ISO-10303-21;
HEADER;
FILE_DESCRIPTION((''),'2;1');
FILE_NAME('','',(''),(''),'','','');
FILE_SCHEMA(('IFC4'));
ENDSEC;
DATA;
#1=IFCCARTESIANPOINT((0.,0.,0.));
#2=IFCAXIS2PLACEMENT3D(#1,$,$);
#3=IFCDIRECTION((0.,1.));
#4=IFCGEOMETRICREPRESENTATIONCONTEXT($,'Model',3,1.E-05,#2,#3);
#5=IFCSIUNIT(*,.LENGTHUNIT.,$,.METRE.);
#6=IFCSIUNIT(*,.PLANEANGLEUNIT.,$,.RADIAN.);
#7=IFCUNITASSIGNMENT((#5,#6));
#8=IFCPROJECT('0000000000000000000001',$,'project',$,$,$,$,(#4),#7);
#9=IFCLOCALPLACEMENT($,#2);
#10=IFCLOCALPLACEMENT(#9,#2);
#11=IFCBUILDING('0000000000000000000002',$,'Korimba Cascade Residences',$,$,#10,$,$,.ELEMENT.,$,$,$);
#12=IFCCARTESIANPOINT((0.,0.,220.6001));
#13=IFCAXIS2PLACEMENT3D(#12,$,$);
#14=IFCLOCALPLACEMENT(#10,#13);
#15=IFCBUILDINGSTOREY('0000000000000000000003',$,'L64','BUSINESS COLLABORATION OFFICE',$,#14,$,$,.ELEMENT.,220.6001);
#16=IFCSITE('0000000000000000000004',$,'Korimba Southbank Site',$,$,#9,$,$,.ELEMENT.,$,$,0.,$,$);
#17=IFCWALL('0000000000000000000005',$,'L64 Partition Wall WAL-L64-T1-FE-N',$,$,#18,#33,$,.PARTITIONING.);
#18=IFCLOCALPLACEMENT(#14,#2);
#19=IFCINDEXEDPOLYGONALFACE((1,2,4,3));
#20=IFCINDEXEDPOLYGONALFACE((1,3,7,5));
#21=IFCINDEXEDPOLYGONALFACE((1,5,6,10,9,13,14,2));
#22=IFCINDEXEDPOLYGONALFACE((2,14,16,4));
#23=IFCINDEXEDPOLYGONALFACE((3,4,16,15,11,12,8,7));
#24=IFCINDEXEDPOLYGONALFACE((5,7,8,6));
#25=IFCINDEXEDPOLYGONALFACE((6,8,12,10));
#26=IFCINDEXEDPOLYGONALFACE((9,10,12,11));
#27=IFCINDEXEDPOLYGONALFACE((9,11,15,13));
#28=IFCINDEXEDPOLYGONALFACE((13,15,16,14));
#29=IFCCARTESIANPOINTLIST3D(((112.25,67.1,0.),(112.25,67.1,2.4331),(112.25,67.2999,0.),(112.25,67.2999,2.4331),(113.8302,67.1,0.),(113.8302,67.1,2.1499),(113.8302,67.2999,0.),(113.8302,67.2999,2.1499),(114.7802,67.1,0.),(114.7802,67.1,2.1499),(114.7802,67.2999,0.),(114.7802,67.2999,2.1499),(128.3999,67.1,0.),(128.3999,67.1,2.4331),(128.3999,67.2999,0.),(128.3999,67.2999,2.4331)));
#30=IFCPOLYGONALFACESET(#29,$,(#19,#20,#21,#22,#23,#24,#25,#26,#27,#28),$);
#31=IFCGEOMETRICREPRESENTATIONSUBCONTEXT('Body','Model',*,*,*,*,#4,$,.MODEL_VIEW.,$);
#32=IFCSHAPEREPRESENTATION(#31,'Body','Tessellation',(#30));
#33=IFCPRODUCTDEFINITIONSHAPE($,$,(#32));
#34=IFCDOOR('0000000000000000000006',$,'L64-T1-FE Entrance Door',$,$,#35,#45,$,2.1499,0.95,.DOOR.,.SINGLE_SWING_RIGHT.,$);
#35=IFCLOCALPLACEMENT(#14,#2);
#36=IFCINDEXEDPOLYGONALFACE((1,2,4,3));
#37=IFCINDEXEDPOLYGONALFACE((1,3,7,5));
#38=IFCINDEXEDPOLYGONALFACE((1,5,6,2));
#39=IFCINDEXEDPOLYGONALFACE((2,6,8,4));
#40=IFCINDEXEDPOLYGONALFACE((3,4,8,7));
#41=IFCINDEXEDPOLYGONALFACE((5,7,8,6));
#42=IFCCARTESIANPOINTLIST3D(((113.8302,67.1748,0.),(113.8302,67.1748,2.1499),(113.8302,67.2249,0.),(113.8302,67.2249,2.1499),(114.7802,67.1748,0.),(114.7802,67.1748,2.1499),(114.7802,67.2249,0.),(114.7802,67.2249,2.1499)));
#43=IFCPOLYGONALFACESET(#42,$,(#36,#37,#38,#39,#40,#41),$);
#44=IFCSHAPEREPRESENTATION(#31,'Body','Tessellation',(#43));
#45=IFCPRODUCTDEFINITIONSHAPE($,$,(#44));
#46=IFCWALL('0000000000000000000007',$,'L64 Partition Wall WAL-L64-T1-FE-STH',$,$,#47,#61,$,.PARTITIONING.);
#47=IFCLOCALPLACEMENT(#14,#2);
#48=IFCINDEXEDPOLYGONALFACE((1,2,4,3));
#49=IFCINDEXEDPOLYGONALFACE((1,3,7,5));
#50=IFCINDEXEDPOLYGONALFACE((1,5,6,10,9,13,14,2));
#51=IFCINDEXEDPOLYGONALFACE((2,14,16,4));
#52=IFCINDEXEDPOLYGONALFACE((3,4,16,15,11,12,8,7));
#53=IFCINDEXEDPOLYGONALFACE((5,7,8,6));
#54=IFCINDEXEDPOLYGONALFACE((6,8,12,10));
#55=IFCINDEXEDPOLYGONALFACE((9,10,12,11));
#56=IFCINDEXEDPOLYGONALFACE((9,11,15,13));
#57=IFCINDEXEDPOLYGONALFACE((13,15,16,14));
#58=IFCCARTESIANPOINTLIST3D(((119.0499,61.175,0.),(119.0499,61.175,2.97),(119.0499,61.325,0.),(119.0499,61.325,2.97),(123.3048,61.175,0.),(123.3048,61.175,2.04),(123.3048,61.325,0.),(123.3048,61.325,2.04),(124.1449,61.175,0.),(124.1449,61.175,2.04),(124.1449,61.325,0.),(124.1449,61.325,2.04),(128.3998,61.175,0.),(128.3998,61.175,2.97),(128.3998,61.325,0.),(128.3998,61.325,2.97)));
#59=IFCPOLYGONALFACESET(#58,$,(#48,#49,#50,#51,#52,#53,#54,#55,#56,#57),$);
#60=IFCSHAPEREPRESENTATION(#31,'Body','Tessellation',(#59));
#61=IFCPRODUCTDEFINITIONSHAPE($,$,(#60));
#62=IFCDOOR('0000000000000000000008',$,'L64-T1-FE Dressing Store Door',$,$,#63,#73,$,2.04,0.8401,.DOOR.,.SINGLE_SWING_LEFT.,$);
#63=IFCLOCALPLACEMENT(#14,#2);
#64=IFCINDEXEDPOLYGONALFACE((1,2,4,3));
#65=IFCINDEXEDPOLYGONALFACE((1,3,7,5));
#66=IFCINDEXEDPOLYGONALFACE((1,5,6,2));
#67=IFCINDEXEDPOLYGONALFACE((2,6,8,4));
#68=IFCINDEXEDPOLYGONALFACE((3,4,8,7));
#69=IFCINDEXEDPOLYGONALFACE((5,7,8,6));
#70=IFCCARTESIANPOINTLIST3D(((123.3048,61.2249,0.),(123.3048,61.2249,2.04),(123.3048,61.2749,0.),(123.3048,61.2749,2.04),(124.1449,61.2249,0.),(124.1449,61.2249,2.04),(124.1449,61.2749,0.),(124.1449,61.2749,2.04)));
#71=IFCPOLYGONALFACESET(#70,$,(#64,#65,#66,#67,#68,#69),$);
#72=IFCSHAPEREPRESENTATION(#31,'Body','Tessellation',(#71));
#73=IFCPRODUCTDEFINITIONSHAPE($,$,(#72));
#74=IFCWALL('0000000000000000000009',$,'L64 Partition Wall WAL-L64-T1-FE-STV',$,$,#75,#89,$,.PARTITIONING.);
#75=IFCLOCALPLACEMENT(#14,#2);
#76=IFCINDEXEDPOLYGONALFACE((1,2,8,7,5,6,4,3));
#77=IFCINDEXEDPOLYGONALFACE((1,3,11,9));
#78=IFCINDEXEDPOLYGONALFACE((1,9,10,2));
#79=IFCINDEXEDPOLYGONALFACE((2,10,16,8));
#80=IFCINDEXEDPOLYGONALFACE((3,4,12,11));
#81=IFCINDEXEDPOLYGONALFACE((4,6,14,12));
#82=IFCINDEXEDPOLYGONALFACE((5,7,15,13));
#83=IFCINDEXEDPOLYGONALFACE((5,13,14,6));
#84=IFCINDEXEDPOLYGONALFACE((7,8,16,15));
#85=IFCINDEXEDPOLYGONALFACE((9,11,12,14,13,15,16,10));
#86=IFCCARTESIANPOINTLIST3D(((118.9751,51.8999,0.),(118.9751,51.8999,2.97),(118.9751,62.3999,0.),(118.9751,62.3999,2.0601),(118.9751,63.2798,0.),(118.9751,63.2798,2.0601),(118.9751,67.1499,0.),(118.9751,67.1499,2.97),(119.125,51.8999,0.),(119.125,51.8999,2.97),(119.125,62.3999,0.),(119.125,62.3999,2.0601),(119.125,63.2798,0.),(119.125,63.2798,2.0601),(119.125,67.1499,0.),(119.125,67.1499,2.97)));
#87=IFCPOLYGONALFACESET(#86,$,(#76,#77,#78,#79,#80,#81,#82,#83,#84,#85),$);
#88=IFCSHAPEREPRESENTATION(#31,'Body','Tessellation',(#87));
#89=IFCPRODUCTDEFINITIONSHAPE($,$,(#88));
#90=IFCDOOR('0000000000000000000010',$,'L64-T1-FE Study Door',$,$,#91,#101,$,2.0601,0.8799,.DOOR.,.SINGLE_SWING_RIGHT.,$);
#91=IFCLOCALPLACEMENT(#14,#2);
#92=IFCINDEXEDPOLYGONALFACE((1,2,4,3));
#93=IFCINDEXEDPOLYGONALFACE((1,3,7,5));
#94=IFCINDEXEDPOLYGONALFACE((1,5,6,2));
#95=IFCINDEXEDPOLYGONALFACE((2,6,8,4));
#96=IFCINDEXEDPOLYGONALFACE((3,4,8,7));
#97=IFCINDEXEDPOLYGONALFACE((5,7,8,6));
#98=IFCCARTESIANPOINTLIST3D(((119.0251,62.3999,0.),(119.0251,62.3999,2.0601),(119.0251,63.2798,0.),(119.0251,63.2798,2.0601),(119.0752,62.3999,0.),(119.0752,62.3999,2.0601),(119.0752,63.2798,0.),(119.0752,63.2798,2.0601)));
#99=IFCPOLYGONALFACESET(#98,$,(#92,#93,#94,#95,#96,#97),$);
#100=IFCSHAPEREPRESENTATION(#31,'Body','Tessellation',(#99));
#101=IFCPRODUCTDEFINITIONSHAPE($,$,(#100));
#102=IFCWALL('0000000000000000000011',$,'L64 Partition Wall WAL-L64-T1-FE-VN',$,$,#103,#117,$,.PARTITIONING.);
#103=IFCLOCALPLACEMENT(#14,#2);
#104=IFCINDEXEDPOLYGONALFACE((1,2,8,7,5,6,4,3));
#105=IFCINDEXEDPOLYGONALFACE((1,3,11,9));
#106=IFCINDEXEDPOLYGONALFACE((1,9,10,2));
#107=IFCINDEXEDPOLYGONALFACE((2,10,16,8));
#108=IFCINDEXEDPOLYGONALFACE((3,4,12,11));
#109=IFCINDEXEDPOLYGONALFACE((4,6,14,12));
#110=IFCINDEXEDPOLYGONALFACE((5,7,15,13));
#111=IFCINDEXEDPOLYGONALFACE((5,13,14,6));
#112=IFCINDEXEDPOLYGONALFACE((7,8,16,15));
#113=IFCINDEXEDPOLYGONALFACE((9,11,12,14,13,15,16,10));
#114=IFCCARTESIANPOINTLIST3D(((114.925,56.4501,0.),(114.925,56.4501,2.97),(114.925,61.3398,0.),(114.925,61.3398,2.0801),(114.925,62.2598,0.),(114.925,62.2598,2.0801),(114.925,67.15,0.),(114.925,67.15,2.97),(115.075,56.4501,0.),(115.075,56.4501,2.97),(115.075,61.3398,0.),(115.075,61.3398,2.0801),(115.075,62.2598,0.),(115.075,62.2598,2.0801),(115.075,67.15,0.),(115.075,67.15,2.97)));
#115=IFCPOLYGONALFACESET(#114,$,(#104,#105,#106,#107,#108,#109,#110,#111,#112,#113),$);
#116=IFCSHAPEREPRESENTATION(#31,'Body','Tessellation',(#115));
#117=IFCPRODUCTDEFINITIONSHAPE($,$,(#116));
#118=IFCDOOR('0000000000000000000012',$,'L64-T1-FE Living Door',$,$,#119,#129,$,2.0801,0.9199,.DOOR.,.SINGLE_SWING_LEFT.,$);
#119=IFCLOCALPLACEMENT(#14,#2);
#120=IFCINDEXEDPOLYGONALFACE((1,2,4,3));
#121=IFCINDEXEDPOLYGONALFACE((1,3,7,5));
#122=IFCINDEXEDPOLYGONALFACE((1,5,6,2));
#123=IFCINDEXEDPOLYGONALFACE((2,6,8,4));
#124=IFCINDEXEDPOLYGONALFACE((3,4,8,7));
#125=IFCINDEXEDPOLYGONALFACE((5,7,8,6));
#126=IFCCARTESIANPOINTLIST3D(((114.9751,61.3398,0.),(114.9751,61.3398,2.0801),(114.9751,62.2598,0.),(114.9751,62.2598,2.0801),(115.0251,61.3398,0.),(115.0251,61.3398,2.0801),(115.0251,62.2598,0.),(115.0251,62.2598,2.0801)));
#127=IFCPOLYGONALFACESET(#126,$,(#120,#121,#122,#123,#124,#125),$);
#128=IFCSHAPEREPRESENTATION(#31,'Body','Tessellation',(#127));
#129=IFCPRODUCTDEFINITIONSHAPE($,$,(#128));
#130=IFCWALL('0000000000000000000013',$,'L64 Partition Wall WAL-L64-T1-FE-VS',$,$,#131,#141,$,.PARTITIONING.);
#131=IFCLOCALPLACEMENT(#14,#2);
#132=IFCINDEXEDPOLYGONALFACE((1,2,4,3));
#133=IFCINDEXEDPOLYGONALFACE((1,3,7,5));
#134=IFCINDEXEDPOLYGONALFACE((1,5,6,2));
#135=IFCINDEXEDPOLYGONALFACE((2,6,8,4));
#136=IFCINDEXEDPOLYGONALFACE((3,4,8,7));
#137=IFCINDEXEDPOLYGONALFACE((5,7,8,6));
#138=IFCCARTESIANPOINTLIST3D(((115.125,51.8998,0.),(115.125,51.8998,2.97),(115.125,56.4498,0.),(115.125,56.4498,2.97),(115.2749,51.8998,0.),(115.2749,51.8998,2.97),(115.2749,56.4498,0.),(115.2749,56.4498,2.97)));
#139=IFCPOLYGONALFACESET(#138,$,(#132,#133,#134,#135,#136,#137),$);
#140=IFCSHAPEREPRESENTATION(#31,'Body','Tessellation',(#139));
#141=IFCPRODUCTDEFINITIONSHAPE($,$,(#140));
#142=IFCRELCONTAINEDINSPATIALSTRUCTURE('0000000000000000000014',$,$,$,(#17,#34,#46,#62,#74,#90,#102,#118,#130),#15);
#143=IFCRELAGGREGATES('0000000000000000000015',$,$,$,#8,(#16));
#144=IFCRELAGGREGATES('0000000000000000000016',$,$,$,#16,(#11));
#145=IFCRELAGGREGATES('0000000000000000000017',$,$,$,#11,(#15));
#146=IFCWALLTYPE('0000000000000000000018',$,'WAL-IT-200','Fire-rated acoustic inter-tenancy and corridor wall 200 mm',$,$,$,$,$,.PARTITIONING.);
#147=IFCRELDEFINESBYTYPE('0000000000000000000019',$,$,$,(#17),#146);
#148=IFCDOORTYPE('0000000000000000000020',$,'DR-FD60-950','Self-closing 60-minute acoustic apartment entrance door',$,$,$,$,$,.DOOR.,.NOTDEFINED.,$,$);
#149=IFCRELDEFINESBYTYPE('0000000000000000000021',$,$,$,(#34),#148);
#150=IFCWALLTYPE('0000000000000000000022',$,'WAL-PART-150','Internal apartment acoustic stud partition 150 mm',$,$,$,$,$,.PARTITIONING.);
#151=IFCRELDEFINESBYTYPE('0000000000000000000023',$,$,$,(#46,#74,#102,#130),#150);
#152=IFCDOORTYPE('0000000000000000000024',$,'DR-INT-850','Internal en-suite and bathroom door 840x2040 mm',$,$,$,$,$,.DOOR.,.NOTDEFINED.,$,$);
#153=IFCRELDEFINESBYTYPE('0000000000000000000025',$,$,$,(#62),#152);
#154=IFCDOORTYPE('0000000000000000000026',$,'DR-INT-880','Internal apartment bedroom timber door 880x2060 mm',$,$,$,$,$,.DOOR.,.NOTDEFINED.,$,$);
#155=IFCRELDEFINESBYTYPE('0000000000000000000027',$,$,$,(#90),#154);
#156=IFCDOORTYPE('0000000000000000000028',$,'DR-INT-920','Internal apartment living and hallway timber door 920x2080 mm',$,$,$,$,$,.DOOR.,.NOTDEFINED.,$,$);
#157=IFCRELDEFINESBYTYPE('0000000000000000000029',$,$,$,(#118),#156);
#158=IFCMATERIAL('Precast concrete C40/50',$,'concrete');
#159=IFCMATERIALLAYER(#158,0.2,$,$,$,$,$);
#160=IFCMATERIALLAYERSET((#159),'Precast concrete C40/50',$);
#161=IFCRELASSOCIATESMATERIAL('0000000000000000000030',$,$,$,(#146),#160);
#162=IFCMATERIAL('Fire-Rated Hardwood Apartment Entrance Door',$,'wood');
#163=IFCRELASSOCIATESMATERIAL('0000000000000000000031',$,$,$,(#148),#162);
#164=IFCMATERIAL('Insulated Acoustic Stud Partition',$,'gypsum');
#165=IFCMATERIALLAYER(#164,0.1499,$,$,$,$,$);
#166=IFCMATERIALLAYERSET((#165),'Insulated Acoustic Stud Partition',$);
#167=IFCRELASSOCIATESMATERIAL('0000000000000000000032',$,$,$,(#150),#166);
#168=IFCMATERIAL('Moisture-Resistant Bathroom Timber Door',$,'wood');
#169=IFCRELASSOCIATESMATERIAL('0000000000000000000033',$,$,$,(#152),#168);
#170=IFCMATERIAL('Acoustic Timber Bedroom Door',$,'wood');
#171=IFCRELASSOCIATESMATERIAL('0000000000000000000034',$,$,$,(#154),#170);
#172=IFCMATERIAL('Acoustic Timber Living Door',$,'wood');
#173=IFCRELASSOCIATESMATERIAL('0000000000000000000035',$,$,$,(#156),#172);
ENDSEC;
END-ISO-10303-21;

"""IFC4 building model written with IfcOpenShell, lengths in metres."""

from ifc_helpers import new_model, si_unit, direction, frame, frame_2d, origin, place, context, subcontext, project, spatial, rectangle, extrude, material, layer, layer_set, type_object, element, fill, save


model = new_model("IFC4")

# Units and contexts
model_context = context("Model", 3, precision=1e-05, world=origin(), true_north=direction((0.0, 1.0)))
body_context = subcontext(model_context, "Body", "Model", "MODEL_VIEW")
ifc_project = project(units=[si_unit("LENGTHUNIT", "METRE"), si_unit("PLANEANGLEUNIT", "RADIAN")], contexts=[model_context])

# Site, building, storey
site_placement = place(None, origin())
site = spatial("IfcSite", under=ifc_project, at=site_placement, Name="Korimba Southbank Site", CompositionType="ELEMENT", RefElevation=0.0)
building_placement = place(site_placement, origin())
building = spatial("IfcBuilding", under=site, at=building_placement, Name="Korimba Cascade Residences", CompositionType="ELEMENT")
storey_placement = place(building_placement, frame((0.0, 0.0, 220.6001)))
storey = spatial("IfcBuildingStorey", under=building, at=storey_placement, Name="L64", Description="BUSINESS COLLABORATION OFFICE", CompositionType="ELEMENT", Elevation=220.6001)

# Walls, openings, doors
ifc_material_1 = material(Name="Precast concrete C40/50", Category="concrete")
ifc_layer_1 = layer(ifc_material_1, 0.2)
ifc_layer_set_1 = layer_set([ifc_layer_1], Name="Precast concrete C40/50")
wall_type_1 = type_object("IfcWallType", Name="WAL-IT-200", Description="Fire-rated acoustic inter-tenancy and corridor wall 200 mm", PredefinedType="PARTITIONING", material=ifc_layer_set_1)
wall_1_placement = place(storey_placement, frame((112.25, 67.2, 0.0), z_axis=(0.0, 0.0, 1.0), x_axis=(1.0, 0.0, 0.0)))
wall_1 = element("IfcWall", 1, at=wall_1_placement, inside=storey, type_object=wall_type_1, Name="L64 Partition Wall WAL-L64-T1-FE-N", PredefinedType="PARTITIONING", context=body_context, shape_type="SweptSolid", body=[
    extrude(rectangle(XDim=16.1499, YDim=0.2, at=frame_2d((8.075, 0.0))), origin(), (0.0, 0.0, 1.0), 2.4331),
])
opening_1_placement = place(wall_1_placement, frame((1.5801, 0.0, 0.0)))
opening_1 = element("IfcOpeningElement", 2, at=opening_1_placement, cuts=wall_1, PredefinedType="OPENING", context=body_context, shape_type="SweptSolid", body=[
    extrude(rectangle(XDim=0.95, YDim=2.1499, at=frame_2d((0.4751, 1.075))), frame((0.0, 0.1099, 0.0), z_axis=(0.0, -1.0, 0.0), x_axis=(1.0, 0.0, 0.0)), (0.0, 0.0, 1.0), 0.22),
])
ifc_material_2 = material(Name="Fire-Rated Hardwood Apartment Entrance Door", Category="wood")
door_type_1 = type_object("IfcDoorType", Name="DR-FD60-950", Description="Self-closing 60-minute acoustic apartment entrance door", OperationType="NOTDEFINED", PredefinedType="DOOR", material=ifc_material_2)
door_1_placement = place(opening_1_placement, origin())
door_1 = element("IfcDoor", 3, at=door_1_placement, inside=storey, type_object=door_type_1, Name="L64-T1-FE Entrance Door", OperationType="SINGLE_SWING_RIGHT", OverallHeight=2.1499, OverallWidth=0.95, PredefinedType="DOOR", context=body_context, shape_type="SweptSolid", body=[
    extrude(rectangle(XDim=0.95, YDim=2.1499, at=frame_2d((0.4751, 1.075))), frame((0.0, 0.0249, 0.0), z_axis=(0.0, -1.0, 0.0), x_axis=(1.0, 0.0, 0.0)), (0.0, 0.0, 1.0), 0.05),
])
fill(opening_1, door_1)
ifc_material_3 = material(Name="Insulated Acoustic Stud Partition", Category="gypsum")
ifc_layer_2 = layer(ifc_material_3, 0.1499)
ifc_layer_set_2 = layer_set([ifc_layer_2], Name="Insulated Acoustic Stud Partition")
wall_type_2 = type_object("IfcWallType", Name="WAL-PART-150", Description="Internal apartment acoustic stud partition 150 mm", PredefinedType="PARTITIONING", material=ifc_layer_set_2)
wall_2_placement = place(storey_placement, frame((119.05, 61.25, 0.0), z_axis=(0.0, 0.0, 1.0), x_axis=(1.0, 0.0, 0.0)))
wall_2 = element("IfcWall", 4, at=wall_2_placement, inside=storey, type_object=wall_type_2, Name="L64 Partition Wall WAL-L64-T1-FE-STH", PredefinedType="PARTITIONING", context=body_context, shape_type="SweptSolid", body=[
    extrude(rectangle(XDim=9.3499, YDim=0.1499, at=frame_2d((4.6748, 0.0))), origin(), (0.0, 0.0, 1.0), 2.97),
])
opening_2_placement = place(wall_2_placement, frame((4.2549, 0.0, 0.0)))
opening_2 = element("IfcOpeningElement", 5, at=opening_2_placement, cuts=wall_2, PredefinedType="OPENING", context=body_context, shape_type="SweptSolid", body=[
    extrude(rectangle(XDim=0.8401, YDim=2.04, at=frame_2d((0.4199, 1.02))), frame((0.0, 0.085, 0.0), z_axis=(0.0, -1.0, 0.0), x_axis=(1.0, 0.0, 0.0)), (0.0, 0.0, 1.0), 0.1699),
])
ifc_material_4 = material(Name="Moisture-Resistant Bathroom Timber Door", Category="wood")
door_type_2 = type_object("IfcDoorType", Name="DR-INT-850", Description="Internal en-suite and bathroom door 840x2040 mm", OperationType="NOTDEFINED", PredefinedType="DOOR", material=ifc_material_4)
door_2_placement = place(opening_2_placement, origin())
door_2 = element("IfcDoor", 6, at=door_2_placement, inside=storey, type_object=door_type_2, Name="L64-T1-FE Dressing Store Door", OperationType="SINGLE_SWING_LEFT", OverallHeight=2.04, OverallWidth=0.8401, PredefinedType="DOOR", context=body_context, shape_type="SweptSolid", body=[
    extrude(rectangle(XDim=0.8401, YDim=2.04, at=frame_2d((0.4199, 1.02))), frame((0.0, 0.0249, 0.0), z_axis=(0.0, -1.0, 0.0), x_axis=(1.0, 0.0, 0.0)), (0.0, 0.0, 1.0), 0.05),
])
fill(opening_2, door_2)
wall_3_placement = place(storey_placement, frame((119.05, 51.8999, 0.0), z_axis=(0.0, 0.0, 1.0), x_axis=(0.0, 1.0, 0.0)))
wall_3 = element("IfcWall", 7, at=wall_3_placement, inside=storey, type_object=wall_type_2, Name="L64 Partition Wall WAL-L64-T1-FE-STV", PredefinedType="PARTITIONING", context=body_context, shape_type="SweptSolid", body=[
    extrude(rectangle(XDim=15.25, YDim=0.1499, at=frame_2d((7.625, 0.0))), origin(), (0.0, 0.0, 1.0), 2.97),
])
opening_3_placement = place(wall_3_placement, frame((10.5, 0.0, 0.0)))
opening_3 = element("IfcOpeningElement", 8, at=opening_3_placement, cuts=wall_3, PredefinedType="OPENING", context=body_context, shape_type="SweptSolid", body=[
    extrude(rectangle(XDim=0.8799, YDim=2.0601, at=frame_2d((0.4399, 1.03))), frame((0.0, 0.085, 0.0), z_axis=(0.0, -1.0, 0.0), x_axis=(1.0, 0.0, 0.0)), (0.0, 0.0, 1.0), 0.1699),
])
ifc_material_5 = material(Name="Acoustic Timber Bedroom Door", Category="wood")
door_type_3 = type_object("IfcDoorType", Name="DR-INT-880", Description="Internal apartment bedroom timber door 880x2060 mm", OperationType="NOTDEFINED", PredefinedType="DOOR", material=ifc_material_5)
door_3_placement = place(opening_3_placement, origin())
door_3 = element("IfcDoor", 9, at=door_3_placement, inside=storey, type_object=door_type_3, Name="L64-T1-FE Study Door", OperationType="SINGLE_SWING_RIGHT", OverallHeight=2.0601, OverallWidth=0.8799, PredefinedType="DOOR", context=body_context, shape_type="SweptSolid", body=[
    extrude(rectangle(XDim=0.8799, YDim=2.0601, at=frame_2d((0.4399, 1.03))), frame((0.0, 0.0249, 0.0), z_axis=(0.0, -1.0, 0.0), x_axis=(1.0, 0.0, 0.0)), (0.0, 0.0, 1.0), 0.05),
])
fill(opening_3, door_3)
wall_4_placement = place(storey_placement, frame((115.0, 56.45, 0.0), z_axis=(0.0, 0.0, 1.0), x_axis=(0.0, 1.0, 0.0)))
wall_4 = element("IfcWall", 10, at=wall_4_placement, inside=storey, type_object=wall_type_2, Name="L64 Partition Wall WAL-L64-T1-FE-VN", PredefinedType="PARTITIONING", context=body_context, shape_type="SweptSolid", body=[
    extrude(rectangle(XDim=10.7, YDim=0.1499, at=frame_2d((5.3501, 0.0))), origin(), (0.0, 0.0, 1.0), 2.97),
])
opening_4_placement = place(wall_4_placement, frame((4.8899, 0.0, 0.0)))
opening_4 = element("IfcOpeningElement", 11, at=opening_4_placement, cuts=wall_4, PredefinedType="OPENING", context=body_context, shape_type="SweptSolid", body=[
    extrude(rectangle(XDim=0.9199, YDim=2.0801, at=frame_2d((0.46, 1.04))), frame((0.0, 0.085, 0.0), z_axis=(0.0, -1.0, 0.0), x_axis=(1.0, 0.0, 0.0)), (0.0, 0.0, 1.0), 0.1699),
])
ifc_material_6 = material(Name="Acoustic Timber Living Door", Category="wood")
door_type_4 = type_object("IfcDoorType", Name="DR-INT-920", Description="Internal apartment living and hallway timber door 920x2080 mm", OperationType="NOTDEFINED", PredefinedType="DOOR", material=ifc_material_6)
door_4_placement = place(opening_4_placement, origin())
door_4 = element("IfcDoor", 12, at=door_4_placement, inside=storey, type_object=door_type_4, Name="L64-T1-FE Living Door", OperationType="SINGLE_SWING_LEFT", OverallHeight=2.0801, OverallWidth=0.9199, PredefinedType="DOOR", context=body_context, shape_type="SweptSolid", body=[
    extrude(rectangle(XDim=0.9199, YDim=2.0801, at=frame_2d((0.46, 1.04))), frame((0.0, 0.0249, 0.0), z_axis=(0.0, -1.0, 0.0), x_axis=(1.0, 0.0, 0.0)), (0.0, 0.0, 1.0), 0.05),
])
fill(opening_4, door_4)

# Wall
wall_5_placement = place(storey_placement, frame((115.2, 51.8999, 0.0), z_axis=(0.0, 0.0, 1.0), x_axis=(0.0, 1.0, 0.0)))
element("IfcWall", 13, at=wall_5_placement, inside=storey, type_object=wall_type_2, Name="L64 Partition Wall WAL-L64-T1-FE-VS", PredefinedType="PARTITIONING", context=body_context, shape_type="SweptSolid", body=[
    extrude(rectangle(XDim=4.55, YDim=0.1499, at=frame_2d((2.2749, 0.0))), origin(), (0.0, 0.0, 1.0), 2.97),
])

save(model, "model.ifc")
